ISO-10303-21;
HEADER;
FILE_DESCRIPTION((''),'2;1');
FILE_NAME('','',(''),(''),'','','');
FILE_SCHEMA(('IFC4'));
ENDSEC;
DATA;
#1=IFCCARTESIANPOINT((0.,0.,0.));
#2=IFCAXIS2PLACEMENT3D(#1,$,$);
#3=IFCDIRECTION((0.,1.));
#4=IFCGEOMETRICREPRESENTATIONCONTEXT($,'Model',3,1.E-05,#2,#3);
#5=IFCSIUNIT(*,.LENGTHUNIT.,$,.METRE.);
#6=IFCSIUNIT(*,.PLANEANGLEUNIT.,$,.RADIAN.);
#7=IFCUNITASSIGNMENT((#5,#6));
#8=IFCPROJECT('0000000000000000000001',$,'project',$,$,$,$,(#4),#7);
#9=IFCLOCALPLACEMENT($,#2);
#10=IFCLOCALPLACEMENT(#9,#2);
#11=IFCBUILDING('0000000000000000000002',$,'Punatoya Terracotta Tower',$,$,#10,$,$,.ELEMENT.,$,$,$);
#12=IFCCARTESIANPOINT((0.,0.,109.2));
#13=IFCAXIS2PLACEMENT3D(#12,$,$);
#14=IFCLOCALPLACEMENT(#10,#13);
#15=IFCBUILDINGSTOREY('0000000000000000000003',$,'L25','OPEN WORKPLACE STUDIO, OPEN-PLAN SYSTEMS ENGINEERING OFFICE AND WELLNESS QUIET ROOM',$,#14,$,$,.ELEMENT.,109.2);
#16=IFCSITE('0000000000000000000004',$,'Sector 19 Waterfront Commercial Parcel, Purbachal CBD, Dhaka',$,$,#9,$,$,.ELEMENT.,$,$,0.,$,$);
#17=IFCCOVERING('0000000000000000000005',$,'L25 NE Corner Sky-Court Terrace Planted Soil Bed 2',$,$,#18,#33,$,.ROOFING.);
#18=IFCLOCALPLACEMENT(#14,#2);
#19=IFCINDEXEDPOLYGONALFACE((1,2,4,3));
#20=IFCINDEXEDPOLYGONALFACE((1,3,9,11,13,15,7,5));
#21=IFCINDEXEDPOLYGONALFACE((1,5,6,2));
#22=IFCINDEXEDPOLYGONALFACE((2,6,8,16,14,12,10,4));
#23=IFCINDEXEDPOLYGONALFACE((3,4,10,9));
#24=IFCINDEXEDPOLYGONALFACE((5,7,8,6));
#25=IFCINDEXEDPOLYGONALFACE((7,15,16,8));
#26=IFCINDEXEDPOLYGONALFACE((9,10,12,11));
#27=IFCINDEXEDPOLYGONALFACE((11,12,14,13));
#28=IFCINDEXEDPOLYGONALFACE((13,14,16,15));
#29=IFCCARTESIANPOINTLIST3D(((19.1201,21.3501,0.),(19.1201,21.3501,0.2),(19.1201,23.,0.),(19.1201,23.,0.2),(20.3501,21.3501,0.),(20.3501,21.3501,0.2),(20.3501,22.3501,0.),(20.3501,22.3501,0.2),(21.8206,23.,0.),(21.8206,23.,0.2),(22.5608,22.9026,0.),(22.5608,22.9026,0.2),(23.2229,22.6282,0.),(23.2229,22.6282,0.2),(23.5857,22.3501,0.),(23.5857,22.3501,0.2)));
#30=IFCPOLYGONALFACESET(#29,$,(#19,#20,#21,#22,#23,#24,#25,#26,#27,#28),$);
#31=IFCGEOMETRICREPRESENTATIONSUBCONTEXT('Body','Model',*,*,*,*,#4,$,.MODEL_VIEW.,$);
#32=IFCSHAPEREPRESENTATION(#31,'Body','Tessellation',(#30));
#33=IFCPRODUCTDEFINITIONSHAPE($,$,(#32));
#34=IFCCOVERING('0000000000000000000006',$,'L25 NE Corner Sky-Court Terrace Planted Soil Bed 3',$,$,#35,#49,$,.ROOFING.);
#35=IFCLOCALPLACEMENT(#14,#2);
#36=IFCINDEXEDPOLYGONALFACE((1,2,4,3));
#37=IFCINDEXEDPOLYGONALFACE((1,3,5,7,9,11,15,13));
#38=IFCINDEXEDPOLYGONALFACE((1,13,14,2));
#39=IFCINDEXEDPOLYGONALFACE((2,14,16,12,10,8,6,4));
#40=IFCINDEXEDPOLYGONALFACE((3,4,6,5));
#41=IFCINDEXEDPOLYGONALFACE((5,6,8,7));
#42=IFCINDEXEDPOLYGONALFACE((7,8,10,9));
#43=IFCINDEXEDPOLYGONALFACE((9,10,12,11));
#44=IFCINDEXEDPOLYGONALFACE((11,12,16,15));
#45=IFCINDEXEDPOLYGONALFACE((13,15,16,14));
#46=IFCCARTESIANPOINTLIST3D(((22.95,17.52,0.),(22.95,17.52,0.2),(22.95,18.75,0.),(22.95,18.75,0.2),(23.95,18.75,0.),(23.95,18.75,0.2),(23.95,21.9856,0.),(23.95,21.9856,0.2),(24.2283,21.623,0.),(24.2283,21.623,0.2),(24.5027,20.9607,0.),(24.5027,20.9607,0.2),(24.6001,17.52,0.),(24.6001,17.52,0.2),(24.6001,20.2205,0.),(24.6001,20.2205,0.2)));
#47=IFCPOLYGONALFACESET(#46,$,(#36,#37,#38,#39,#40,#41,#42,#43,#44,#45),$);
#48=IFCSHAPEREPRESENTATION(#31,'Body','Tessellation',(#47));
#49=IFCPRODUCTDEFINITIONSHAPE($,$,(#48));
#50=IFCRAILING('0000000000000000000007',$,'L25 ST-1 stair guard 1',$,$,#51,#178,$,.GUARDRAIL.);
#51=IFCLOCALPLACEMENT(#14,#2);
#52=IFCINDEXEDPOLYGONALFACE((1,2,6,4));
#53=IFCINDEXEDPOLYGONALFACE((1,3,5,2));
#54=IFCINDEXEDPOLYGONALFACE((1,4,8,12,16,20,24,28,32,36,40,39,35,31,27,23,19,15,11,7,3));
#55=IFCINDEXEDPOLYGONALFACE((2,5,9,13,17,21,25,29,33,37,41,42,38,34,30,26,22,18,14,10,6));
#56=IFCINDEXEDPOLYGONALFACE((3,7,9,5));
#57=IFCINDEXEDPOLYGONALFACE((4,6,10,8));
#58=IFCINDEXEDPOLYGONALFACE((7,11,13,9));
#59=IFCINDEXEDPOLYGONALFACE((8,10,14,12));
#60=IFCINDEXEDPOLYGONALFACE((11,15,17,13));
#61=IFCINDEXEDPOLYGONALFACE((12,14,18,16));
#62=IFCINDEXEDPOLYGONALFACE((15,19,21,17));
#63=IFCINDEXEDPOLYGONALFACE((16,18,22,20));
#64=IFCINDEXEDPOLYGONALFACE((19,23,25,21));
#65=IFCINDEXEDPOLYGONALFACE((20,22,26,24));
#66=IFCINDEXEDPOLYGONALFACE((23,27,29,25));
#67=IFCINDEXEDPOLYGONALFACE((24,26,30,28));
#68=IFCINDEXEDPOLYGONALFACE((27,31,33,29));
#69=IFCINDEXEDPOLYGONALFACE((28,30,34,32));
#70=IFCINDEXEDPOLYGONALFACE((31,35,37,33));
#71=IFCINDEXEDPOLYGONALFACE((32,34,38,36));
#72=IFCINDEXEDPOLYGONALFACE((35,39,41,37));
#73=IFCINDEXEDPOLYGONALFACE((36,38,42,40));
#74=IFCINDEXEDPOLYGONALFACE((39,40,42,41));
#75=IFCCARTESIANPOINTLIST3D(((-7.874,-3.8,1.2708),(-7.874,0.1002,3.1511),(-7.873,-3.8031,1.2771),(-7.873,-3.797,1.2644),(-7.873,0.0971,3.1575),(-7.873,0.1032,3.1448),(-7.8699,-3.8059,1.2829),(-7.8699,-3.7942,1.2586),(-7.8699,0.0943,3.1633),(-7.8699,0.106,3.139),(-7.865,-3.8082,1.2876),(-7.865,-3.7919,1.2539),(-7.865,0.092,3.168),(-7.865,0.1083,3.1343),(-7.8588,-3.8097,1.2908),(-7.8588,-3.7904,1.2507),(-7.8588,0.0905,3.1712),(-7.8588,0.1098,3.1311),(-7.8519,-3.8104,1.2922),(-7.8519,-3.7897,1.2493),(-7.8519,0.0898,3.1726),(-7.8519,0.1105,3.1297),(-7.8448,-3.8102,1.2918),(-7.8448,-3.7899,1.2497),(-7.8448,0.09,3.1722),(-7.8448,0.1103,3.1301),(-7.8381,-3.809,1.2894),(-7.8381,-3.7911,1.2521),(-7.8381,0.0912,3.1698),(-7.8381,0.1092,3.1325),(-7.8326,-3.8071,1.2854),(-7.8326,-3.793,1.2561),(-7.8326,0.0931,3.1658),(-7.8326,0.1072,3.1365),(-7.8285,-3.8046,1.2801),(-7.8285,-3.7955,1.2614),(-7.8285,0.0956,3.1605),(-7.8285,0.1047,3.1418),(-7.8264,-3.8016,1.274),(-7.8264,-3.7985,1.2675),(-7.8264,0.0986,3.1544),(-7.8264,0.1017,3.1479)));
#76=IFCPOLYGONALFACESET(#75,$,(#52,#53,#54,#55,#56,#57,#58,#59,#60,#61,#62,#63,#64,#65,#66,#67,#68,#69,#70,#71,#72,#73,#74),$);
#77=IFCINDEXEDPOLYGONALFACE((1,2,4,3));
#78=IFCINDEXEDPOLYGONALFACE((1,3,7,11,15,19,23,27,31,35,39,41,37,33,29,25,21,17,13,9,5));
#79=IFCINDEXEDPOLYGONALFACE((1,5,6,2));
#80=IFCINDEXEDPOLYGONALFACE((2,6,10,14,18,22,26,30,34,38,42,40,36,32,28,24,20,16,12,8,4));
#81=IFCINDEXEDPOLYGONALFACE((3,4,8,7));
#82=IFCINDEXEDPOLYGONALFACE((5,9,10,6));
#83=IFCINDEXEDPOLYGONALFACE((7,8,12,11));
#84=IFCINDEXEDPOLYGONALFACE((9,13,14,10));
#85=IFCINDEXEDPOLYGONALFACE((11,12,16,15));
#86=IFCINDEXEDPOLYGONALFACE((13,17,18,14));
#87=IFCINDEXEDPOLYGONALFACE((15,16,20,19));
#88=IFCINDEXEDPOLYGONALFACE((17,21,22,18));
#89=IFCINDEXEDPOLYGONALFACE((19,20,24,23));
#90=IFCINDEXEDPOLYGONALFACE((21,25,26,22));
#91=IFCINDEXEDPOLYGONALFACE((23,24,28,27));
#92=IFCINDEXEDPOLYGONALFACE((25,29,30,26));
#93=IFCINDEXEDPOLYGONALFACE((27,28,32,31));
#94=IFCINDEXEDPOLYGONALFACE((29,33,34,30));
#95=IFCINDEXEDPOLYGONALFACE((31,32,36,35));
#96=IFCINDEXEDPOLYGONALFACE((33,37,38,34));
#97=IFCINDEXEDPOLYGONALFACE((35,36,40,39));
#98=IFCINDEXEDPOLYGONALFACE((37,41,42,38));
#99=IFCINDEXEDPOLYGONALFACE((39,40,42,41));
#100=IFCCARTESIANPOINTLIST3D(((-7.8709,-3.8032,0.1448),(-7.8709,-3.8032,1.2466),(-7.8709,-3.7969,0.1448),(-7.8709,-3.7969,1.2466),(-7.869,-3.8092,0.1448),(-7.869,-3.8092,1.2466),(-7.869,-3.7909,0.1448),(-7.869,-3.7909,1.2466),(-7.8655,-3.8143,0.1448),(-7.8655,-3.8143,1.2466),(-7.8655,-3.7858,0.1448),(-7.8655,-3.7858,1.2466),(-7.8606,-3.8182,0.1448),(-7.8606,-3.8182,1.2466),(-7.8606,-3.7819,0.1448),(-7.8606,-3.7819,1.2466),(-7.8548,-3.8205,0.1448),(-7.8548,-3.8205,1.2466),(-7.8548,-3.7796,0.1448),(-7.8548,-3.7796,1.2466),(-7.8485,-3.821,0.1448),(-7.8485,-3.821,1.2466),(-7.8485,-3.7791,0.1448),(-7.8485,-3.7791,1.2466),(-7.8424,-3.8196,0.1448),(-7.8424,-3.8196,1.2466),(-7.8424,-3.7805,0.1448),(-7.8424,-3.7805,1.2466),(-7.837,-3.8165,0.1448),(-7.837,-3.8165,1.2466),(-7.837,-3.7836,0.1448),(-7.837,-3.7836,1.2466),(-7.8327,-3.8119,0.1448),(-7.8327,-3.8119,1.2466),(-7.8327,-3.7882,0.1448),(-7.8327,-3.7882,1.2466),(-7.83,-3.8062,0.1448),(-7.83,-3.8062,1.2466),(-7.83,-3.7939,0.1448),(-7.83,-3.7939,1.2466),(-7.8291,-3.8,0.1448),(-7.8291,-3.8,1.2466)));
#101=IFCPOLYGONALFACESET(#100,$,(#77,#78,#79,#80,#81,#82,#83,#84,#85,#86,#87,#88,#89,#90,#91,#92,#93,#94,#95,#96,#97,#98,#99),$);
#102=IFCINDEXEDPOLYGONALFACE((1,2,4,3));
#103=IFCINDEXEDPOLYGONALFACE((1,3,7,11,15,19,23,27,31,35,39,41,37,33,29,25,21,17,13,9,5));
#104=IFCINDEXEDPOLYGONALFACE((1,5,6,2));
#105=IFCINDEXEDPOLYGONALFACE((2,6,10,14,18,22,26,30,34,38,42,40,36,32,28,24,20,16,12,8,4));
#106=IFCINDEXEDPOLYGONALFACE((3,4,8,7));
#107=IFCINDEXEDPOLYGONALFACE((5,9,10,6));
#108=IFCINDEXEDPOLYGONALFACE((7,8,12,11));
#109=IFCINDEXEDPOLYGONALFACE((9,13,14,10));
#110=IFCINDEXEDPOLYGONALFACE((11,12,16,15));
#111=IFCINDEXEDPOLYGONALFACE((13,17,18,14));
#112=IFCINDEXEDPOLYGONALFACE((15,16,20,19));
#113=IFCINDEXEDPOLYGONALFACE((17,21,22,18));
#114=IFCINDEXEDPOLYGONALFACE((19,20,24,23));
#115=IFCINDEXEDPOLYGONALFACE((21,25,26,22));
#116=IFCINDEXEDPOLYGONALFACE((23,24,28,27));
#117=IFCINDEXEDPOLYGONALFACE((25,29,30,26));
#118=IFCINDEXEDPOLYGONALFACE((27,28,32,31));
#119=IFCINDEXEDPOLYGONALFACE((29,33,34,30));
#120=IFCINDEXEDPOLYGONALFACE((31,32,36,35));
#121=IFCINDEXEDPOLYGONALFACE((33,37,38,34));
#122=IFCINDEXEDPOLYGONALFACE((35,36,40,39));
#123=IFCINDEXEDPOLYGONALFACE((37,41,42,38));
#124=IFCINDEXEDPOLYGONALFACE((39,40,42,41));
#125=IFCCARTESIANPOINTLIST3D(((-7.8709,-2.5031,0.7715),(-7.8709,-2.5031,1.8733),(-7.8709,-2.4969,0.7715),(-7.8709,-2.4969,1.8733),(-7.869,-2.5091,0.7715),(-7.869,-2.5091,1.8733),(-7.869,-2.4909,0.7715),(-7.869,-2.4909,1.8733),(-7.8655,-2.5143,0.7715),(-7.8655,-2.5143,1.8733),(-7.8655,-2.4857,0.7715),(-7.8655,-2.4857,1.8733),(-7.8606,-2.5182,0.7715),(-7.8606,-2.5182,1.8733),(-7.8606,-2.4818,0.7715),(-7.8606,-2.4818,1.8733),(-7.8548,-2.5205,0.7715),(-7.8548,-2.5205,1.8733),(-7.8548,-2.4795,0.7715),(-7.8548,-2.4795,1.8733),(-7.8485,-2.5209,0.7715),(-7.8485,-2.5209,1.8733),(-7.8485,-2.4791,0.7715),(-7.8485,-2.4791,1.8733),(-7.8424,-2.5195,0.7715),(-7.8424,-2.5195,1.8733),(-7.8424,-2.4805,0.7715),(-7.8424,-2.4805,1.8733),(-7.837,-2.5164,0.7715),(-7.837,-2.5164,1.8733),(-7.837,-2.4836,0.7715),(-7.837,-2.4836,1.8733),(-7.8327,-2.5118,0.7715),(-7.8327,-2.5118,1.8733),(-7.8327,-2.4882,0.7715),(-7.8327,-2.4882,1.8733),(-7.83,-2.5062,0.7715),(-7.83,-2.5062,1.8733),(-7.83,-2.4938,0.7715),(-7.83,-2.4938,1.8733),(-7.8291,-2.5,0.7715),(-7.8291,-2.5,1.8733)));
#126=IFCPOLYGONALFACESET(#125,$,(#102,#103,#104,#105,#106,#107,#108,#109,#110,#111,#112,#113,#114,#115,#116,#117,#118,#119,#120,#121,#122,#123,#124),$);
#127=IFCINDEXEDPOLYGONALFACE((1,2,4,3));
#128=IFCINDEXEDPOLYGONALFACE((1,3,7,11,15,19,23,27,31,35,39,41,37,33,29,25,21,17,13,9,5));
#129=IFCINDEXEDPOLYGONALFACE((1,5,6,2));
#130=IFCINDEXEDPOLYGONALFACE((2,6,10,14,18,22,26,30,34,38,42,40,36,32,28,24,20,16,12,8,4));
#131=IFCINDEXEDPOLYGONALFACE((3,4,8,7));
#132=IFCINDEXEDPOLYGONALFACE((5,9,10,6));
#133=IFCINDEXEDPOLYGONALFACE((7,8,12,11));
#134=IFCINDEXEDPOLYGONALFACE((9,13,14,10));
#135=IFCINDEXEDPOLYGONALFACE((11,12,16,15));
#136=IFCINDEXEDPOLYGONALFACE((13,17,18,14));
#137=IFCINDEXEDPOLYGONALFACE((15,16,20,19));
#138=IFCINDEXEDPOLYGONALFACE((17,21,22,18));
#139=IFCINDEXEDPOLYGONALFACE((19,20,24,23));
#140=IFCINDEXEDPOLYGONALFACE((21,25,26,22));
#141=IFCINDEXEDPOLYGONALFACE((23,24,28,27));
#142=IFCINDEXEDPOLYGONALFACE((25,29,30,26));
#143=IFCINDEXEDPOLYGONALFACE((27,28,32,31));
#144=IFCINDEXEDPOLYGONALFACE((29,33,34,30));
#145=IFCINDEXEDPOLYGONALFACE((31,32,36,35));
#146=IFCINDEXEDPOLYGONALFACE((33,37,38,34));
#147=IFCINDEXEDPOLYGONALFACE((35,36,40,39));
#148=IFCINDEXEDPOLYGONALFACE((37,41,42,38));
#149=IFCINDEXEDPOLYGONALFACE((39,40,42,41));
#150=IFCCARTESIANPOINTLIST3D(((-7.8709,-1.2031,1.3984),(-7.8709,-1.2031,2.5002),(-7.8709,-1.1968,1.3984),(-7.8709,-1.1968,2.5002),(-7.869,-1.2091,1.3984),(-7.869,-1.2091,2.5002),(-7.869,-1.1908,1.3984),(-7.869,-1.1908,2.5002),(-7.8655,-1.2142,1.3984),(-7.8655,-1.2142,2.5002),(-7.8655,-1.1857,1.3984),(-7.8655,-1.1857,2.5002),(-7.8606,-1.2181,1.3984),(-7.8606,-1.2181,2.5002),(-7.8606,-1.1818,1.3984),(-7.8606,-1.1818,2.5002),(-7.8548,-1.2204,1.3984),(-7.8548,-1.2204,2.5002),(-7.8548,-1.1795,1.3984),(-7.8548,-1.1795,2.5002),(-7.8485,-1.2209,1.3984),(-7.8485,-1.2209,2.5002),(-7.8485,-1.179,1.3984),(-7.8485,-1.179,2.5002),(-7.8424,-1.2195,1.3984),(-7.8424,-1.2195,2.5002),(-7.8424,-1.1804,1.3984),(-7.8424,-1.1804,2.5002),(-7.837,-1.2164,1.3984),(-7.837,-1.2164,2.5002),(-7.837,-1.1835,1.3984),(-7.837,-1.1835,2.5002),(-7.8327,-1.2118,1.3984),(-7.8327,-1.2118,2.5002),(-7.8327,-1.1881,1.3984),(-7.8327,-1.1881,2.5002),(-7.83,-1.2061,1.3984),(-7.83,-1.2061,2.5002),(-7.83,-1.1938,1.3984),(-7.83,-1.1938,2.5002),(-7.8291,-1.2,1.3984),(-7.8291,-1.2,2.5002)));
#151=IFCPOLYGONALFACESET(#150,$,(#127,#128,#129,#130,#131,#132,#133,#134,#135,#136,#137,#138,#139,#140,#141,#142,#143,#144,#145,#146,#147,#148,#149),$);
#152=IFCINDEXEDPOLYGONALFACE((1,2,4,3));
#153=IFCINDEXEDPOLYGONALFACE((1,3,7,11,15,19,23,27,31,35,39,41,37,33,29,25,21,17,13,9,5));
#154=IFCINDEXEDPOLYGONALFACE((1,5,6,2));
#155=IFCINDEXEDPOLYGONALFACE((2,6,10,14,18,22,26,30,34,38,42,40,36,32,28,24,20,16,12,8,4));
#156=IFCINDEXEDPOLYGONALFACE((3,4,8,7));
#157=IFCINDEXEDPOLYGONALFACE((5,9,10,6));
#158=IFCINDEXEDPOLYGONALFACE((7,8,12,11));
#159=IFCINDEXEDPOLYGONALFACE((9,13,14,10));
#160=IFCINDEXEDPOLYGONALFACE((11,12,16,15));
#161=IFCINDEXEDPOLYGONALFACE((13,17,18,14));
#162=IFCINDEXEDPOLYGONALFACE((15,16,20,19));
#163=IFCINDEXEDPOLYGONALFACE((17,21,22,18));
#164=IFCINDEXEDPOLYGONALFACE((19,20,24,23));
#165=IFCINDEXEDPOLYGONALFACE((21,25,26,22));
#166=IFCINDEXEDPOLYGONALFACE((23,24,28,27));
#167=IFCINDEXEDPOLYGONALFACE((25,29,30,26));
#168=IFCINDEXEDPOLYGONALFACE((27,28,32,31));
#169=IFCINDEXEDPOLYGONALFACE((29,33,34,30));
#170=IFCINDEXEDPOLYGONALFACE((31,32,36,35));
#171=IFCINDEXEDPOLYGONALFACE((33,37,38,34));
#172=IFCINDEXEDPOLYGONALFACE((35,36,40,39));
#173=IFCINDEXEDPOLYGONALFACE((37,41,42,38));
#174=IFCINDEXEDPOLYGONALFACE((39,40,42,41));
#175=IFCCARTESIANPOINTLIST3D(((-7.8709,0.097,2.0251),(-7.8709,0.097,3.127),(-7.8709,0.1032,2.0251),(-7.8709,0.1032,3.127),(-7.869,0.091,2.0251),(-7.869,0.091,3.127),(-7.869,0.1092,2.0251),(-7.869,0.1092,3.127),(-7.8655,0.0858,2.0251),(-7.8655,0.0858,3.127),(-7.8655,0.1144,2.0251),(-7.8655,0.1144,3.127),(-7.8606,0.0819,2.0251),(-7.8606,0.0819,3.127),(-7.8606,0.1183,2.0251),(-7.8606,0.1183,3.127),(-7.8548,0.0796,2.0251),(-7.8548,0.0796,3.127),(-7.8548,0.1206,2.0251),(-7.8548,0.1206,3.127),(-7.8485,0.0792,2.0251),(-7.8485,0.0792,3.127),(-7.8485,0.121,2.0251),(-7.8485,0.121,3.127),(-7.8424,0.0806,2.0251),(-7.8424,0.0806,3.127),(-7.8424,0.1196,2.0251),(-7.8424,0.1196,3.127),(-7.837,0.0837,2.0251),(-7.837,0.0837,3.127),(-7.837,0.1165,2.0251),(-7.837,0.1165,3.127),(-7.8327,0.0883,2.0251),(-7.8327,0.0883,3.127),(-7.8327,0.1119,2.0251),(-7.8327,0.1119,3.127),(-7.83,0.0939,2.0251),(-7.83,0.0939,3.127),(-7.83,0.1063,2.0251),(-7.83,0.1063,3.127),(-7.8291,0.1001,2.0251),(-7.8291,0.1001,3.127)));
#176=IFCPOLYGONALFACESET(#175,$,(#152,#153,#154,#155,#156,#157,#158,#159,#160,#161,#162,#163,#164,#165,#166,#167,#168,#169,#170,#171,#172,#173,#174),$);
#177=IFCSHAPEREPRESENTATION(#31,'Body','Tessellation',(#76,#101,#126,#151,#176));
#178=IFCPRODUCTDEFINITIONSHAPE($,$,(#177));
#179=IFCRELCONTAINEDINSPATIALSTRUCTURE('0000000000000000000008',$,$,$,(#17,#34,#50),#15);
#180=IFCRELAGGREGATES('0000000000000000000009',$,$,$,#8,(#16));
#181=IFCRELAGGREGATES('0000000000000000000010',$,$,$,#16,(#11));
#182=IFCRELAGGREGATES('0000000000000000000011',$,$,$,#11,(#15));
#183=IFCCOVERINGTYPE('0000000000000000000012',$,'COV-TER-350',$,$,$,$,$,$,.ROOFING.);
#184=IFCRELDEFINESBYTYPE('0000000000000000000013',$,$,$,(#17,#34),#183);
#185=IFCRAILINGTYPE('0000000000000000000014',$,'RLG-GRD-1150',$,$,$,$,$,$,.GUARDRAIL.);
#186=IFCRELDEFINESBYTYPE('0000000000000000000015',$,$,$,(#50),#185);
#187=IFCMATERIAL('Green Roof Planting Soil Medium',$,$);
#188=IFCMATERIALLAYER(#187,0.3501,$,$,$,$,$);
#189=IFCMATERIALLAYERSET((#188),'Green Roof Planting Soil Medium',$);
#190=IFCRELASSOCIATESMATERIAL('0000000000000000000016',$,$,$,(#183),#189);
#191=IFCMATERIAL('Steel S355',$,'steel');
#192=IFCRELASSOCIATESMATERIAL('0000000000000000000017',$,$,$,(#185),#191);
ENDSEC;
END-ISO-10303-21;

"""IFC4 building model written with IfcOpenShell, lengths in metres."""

from ifc_helpers import new_model, si_unit, direction, frame, origin, origin_2d, place, context, subcontext, project, spatial, polyline, circle, outline, extrude, material, layer, layer_set, type_object, element, save


model = new_model("IFC4")

# Units and contexts
model_context = context("Model", 3, precision=1e-05, world=origin(), true_north=direction((0.0, 1.0)))
body_context = subcontext(model_context, "Body", "Model", "MODEL_VIEW")
ifc_project = project(units=[si_unit("LENGTHUNIT", "METRE"), si_unit("PLANEANGLEUNIT", "RADIAN")], contexts=[model_context])

# Site, building, storey
site_placement = place(None, origin())
site = spatial("IfcSite", under=ifc_project, at=site_placement, Name="Sector 19 Waterfront Commercial Parcel, Purbachal CBD, Dhaka", CompositionType="ELEMENT", RefElevation=0.0)
building_placement = place(site_placement, origin())
building = spatial("IfcBuilding", under=site, at=building_placement, Name="Punatoya Terracotta Tower", CompositionType="ELEMENT")
storey_placement = place(building_placement, frame((0.0, 0.0, 109.2)))
storey = spatial("IfcBuildingStorey", under=building, at=storey_placement, Name="L25", Description="OPEN WORKPLACE STUDIO, OPEN-PLAN SYSTEMS ENGINEERING OFFICE AND WELLNESS QUIET ROOM", CompositionType="ELEMENT", Elevation=109.2)

# Coverings
ifc_material_1 = material(Name="Green Roof Planting Soil Medium")
ifc_layer_1 = layer(ifc_material_1, 0.3501)
ifc_layer_set_1 = layer_set([ifc_layer_1], Name="Green Roof Planting Soil Medium")
covering_type_1 = type_object("IfcCoveringType", Name="COV-TER-350", PredefinedType="ROOFING", material=ifc_layer_set_1)
covering_1_placement = place(storey_placement, origin())
element("IfcCovering", 1, at=covering_1_placement, inside=storey, type_object=covering_type_1, Name="L25 NE Corner Sky-Court Terrace Planted Soil Bed 2", PredefinedType="ROOFING", context=body_context, shape_type="SweptSolid", body=[
    extrude(outline(polyline([(20.3501, 22.3501), (23.5857, 22.3501), (23.2229, 22.6282), (22.5608, 22.9026), (21.8206, 23.0), (19.1201, 23.0), (19.1201, 21.3501), (20.3501, 21.3501), (20.3501, 22.3501)])), origin(), (0.0, 0.0, 1.0), 0.2),
])
covering_2_placement = place(storey_placement, origin())
element("IfcCovering", 2, at=covering_2_placement, inside=storey, type_object=covering_type_1, Name="L25 NE Corner Sky-Court Terrace Planted Soil Bed 3", PredefinedType="ROOFING", context=body_context, shape_type="SweptSolid", body=[
    extrude(outline(polyline([(23.95, 21.9856), (23.95, 18.75), (22.95, 18.75), (22.95, 17.52), (24.6001, 17.52), (24.6001, 20.2205), (24.5027, 20.9607), (24.2283, 21.623), (23.95, 21.9856)])), origin(), (0.0, 0.0, 1.0), 0.2),
])

# Railing
ifc_material_2 = material(Name="Steel S355", Category="steel")
railing_type_1 = type_object("IfcRailingType", Name="RLG-GRD-1150", PredefinedType="GUARDRAIL", material=ifc_material_2)
railing_1_placement = place(storey_placement, frame((-7.8501, -3.8, 0.1448)))
element("IfcRailing", 3, at=railing_1_placement, inside=storey, type_object=railing_type_1, Name="L25 ST-1 stair guard 1", PredefinedType="GUARDRAIL", context=body_context, shape_type="SweptSolid", body=[
    extrude(circle(Radius=0.0239, at=origin_2d()), frame((0.0, 0.0, 1.126), z_axis=(0.0, 0.900774, 0.434289), x_axis=(-1.0, 0.0, 0.0)), (0.0, 0.0, 1.0), 4.3298),
    extrude(circle(Radius=0.021, at=origin_2d()), origin(), (0.0, 0.0, 1.0), 1.1018),
    extrude(circle(Radius=0.021, at=origin_2d()), frame((0.0, 1.3, 0.6267)), (0.0, 0.0, 1.0), 1.1018),
    extrude(circle(Radius=0.021, at=origin_2d()), frame((0.0, 2.6001, 1.2537)), (0.0, 0.0, 1.0), 1.1018),
    extrude(circle(Radius=0.021, at=origin_2d()), frame((0.0, 3.9001, 1.8804)), (0.0, 0.0, 1.0), 1.1018),
])

save(model, "model.ifc")
